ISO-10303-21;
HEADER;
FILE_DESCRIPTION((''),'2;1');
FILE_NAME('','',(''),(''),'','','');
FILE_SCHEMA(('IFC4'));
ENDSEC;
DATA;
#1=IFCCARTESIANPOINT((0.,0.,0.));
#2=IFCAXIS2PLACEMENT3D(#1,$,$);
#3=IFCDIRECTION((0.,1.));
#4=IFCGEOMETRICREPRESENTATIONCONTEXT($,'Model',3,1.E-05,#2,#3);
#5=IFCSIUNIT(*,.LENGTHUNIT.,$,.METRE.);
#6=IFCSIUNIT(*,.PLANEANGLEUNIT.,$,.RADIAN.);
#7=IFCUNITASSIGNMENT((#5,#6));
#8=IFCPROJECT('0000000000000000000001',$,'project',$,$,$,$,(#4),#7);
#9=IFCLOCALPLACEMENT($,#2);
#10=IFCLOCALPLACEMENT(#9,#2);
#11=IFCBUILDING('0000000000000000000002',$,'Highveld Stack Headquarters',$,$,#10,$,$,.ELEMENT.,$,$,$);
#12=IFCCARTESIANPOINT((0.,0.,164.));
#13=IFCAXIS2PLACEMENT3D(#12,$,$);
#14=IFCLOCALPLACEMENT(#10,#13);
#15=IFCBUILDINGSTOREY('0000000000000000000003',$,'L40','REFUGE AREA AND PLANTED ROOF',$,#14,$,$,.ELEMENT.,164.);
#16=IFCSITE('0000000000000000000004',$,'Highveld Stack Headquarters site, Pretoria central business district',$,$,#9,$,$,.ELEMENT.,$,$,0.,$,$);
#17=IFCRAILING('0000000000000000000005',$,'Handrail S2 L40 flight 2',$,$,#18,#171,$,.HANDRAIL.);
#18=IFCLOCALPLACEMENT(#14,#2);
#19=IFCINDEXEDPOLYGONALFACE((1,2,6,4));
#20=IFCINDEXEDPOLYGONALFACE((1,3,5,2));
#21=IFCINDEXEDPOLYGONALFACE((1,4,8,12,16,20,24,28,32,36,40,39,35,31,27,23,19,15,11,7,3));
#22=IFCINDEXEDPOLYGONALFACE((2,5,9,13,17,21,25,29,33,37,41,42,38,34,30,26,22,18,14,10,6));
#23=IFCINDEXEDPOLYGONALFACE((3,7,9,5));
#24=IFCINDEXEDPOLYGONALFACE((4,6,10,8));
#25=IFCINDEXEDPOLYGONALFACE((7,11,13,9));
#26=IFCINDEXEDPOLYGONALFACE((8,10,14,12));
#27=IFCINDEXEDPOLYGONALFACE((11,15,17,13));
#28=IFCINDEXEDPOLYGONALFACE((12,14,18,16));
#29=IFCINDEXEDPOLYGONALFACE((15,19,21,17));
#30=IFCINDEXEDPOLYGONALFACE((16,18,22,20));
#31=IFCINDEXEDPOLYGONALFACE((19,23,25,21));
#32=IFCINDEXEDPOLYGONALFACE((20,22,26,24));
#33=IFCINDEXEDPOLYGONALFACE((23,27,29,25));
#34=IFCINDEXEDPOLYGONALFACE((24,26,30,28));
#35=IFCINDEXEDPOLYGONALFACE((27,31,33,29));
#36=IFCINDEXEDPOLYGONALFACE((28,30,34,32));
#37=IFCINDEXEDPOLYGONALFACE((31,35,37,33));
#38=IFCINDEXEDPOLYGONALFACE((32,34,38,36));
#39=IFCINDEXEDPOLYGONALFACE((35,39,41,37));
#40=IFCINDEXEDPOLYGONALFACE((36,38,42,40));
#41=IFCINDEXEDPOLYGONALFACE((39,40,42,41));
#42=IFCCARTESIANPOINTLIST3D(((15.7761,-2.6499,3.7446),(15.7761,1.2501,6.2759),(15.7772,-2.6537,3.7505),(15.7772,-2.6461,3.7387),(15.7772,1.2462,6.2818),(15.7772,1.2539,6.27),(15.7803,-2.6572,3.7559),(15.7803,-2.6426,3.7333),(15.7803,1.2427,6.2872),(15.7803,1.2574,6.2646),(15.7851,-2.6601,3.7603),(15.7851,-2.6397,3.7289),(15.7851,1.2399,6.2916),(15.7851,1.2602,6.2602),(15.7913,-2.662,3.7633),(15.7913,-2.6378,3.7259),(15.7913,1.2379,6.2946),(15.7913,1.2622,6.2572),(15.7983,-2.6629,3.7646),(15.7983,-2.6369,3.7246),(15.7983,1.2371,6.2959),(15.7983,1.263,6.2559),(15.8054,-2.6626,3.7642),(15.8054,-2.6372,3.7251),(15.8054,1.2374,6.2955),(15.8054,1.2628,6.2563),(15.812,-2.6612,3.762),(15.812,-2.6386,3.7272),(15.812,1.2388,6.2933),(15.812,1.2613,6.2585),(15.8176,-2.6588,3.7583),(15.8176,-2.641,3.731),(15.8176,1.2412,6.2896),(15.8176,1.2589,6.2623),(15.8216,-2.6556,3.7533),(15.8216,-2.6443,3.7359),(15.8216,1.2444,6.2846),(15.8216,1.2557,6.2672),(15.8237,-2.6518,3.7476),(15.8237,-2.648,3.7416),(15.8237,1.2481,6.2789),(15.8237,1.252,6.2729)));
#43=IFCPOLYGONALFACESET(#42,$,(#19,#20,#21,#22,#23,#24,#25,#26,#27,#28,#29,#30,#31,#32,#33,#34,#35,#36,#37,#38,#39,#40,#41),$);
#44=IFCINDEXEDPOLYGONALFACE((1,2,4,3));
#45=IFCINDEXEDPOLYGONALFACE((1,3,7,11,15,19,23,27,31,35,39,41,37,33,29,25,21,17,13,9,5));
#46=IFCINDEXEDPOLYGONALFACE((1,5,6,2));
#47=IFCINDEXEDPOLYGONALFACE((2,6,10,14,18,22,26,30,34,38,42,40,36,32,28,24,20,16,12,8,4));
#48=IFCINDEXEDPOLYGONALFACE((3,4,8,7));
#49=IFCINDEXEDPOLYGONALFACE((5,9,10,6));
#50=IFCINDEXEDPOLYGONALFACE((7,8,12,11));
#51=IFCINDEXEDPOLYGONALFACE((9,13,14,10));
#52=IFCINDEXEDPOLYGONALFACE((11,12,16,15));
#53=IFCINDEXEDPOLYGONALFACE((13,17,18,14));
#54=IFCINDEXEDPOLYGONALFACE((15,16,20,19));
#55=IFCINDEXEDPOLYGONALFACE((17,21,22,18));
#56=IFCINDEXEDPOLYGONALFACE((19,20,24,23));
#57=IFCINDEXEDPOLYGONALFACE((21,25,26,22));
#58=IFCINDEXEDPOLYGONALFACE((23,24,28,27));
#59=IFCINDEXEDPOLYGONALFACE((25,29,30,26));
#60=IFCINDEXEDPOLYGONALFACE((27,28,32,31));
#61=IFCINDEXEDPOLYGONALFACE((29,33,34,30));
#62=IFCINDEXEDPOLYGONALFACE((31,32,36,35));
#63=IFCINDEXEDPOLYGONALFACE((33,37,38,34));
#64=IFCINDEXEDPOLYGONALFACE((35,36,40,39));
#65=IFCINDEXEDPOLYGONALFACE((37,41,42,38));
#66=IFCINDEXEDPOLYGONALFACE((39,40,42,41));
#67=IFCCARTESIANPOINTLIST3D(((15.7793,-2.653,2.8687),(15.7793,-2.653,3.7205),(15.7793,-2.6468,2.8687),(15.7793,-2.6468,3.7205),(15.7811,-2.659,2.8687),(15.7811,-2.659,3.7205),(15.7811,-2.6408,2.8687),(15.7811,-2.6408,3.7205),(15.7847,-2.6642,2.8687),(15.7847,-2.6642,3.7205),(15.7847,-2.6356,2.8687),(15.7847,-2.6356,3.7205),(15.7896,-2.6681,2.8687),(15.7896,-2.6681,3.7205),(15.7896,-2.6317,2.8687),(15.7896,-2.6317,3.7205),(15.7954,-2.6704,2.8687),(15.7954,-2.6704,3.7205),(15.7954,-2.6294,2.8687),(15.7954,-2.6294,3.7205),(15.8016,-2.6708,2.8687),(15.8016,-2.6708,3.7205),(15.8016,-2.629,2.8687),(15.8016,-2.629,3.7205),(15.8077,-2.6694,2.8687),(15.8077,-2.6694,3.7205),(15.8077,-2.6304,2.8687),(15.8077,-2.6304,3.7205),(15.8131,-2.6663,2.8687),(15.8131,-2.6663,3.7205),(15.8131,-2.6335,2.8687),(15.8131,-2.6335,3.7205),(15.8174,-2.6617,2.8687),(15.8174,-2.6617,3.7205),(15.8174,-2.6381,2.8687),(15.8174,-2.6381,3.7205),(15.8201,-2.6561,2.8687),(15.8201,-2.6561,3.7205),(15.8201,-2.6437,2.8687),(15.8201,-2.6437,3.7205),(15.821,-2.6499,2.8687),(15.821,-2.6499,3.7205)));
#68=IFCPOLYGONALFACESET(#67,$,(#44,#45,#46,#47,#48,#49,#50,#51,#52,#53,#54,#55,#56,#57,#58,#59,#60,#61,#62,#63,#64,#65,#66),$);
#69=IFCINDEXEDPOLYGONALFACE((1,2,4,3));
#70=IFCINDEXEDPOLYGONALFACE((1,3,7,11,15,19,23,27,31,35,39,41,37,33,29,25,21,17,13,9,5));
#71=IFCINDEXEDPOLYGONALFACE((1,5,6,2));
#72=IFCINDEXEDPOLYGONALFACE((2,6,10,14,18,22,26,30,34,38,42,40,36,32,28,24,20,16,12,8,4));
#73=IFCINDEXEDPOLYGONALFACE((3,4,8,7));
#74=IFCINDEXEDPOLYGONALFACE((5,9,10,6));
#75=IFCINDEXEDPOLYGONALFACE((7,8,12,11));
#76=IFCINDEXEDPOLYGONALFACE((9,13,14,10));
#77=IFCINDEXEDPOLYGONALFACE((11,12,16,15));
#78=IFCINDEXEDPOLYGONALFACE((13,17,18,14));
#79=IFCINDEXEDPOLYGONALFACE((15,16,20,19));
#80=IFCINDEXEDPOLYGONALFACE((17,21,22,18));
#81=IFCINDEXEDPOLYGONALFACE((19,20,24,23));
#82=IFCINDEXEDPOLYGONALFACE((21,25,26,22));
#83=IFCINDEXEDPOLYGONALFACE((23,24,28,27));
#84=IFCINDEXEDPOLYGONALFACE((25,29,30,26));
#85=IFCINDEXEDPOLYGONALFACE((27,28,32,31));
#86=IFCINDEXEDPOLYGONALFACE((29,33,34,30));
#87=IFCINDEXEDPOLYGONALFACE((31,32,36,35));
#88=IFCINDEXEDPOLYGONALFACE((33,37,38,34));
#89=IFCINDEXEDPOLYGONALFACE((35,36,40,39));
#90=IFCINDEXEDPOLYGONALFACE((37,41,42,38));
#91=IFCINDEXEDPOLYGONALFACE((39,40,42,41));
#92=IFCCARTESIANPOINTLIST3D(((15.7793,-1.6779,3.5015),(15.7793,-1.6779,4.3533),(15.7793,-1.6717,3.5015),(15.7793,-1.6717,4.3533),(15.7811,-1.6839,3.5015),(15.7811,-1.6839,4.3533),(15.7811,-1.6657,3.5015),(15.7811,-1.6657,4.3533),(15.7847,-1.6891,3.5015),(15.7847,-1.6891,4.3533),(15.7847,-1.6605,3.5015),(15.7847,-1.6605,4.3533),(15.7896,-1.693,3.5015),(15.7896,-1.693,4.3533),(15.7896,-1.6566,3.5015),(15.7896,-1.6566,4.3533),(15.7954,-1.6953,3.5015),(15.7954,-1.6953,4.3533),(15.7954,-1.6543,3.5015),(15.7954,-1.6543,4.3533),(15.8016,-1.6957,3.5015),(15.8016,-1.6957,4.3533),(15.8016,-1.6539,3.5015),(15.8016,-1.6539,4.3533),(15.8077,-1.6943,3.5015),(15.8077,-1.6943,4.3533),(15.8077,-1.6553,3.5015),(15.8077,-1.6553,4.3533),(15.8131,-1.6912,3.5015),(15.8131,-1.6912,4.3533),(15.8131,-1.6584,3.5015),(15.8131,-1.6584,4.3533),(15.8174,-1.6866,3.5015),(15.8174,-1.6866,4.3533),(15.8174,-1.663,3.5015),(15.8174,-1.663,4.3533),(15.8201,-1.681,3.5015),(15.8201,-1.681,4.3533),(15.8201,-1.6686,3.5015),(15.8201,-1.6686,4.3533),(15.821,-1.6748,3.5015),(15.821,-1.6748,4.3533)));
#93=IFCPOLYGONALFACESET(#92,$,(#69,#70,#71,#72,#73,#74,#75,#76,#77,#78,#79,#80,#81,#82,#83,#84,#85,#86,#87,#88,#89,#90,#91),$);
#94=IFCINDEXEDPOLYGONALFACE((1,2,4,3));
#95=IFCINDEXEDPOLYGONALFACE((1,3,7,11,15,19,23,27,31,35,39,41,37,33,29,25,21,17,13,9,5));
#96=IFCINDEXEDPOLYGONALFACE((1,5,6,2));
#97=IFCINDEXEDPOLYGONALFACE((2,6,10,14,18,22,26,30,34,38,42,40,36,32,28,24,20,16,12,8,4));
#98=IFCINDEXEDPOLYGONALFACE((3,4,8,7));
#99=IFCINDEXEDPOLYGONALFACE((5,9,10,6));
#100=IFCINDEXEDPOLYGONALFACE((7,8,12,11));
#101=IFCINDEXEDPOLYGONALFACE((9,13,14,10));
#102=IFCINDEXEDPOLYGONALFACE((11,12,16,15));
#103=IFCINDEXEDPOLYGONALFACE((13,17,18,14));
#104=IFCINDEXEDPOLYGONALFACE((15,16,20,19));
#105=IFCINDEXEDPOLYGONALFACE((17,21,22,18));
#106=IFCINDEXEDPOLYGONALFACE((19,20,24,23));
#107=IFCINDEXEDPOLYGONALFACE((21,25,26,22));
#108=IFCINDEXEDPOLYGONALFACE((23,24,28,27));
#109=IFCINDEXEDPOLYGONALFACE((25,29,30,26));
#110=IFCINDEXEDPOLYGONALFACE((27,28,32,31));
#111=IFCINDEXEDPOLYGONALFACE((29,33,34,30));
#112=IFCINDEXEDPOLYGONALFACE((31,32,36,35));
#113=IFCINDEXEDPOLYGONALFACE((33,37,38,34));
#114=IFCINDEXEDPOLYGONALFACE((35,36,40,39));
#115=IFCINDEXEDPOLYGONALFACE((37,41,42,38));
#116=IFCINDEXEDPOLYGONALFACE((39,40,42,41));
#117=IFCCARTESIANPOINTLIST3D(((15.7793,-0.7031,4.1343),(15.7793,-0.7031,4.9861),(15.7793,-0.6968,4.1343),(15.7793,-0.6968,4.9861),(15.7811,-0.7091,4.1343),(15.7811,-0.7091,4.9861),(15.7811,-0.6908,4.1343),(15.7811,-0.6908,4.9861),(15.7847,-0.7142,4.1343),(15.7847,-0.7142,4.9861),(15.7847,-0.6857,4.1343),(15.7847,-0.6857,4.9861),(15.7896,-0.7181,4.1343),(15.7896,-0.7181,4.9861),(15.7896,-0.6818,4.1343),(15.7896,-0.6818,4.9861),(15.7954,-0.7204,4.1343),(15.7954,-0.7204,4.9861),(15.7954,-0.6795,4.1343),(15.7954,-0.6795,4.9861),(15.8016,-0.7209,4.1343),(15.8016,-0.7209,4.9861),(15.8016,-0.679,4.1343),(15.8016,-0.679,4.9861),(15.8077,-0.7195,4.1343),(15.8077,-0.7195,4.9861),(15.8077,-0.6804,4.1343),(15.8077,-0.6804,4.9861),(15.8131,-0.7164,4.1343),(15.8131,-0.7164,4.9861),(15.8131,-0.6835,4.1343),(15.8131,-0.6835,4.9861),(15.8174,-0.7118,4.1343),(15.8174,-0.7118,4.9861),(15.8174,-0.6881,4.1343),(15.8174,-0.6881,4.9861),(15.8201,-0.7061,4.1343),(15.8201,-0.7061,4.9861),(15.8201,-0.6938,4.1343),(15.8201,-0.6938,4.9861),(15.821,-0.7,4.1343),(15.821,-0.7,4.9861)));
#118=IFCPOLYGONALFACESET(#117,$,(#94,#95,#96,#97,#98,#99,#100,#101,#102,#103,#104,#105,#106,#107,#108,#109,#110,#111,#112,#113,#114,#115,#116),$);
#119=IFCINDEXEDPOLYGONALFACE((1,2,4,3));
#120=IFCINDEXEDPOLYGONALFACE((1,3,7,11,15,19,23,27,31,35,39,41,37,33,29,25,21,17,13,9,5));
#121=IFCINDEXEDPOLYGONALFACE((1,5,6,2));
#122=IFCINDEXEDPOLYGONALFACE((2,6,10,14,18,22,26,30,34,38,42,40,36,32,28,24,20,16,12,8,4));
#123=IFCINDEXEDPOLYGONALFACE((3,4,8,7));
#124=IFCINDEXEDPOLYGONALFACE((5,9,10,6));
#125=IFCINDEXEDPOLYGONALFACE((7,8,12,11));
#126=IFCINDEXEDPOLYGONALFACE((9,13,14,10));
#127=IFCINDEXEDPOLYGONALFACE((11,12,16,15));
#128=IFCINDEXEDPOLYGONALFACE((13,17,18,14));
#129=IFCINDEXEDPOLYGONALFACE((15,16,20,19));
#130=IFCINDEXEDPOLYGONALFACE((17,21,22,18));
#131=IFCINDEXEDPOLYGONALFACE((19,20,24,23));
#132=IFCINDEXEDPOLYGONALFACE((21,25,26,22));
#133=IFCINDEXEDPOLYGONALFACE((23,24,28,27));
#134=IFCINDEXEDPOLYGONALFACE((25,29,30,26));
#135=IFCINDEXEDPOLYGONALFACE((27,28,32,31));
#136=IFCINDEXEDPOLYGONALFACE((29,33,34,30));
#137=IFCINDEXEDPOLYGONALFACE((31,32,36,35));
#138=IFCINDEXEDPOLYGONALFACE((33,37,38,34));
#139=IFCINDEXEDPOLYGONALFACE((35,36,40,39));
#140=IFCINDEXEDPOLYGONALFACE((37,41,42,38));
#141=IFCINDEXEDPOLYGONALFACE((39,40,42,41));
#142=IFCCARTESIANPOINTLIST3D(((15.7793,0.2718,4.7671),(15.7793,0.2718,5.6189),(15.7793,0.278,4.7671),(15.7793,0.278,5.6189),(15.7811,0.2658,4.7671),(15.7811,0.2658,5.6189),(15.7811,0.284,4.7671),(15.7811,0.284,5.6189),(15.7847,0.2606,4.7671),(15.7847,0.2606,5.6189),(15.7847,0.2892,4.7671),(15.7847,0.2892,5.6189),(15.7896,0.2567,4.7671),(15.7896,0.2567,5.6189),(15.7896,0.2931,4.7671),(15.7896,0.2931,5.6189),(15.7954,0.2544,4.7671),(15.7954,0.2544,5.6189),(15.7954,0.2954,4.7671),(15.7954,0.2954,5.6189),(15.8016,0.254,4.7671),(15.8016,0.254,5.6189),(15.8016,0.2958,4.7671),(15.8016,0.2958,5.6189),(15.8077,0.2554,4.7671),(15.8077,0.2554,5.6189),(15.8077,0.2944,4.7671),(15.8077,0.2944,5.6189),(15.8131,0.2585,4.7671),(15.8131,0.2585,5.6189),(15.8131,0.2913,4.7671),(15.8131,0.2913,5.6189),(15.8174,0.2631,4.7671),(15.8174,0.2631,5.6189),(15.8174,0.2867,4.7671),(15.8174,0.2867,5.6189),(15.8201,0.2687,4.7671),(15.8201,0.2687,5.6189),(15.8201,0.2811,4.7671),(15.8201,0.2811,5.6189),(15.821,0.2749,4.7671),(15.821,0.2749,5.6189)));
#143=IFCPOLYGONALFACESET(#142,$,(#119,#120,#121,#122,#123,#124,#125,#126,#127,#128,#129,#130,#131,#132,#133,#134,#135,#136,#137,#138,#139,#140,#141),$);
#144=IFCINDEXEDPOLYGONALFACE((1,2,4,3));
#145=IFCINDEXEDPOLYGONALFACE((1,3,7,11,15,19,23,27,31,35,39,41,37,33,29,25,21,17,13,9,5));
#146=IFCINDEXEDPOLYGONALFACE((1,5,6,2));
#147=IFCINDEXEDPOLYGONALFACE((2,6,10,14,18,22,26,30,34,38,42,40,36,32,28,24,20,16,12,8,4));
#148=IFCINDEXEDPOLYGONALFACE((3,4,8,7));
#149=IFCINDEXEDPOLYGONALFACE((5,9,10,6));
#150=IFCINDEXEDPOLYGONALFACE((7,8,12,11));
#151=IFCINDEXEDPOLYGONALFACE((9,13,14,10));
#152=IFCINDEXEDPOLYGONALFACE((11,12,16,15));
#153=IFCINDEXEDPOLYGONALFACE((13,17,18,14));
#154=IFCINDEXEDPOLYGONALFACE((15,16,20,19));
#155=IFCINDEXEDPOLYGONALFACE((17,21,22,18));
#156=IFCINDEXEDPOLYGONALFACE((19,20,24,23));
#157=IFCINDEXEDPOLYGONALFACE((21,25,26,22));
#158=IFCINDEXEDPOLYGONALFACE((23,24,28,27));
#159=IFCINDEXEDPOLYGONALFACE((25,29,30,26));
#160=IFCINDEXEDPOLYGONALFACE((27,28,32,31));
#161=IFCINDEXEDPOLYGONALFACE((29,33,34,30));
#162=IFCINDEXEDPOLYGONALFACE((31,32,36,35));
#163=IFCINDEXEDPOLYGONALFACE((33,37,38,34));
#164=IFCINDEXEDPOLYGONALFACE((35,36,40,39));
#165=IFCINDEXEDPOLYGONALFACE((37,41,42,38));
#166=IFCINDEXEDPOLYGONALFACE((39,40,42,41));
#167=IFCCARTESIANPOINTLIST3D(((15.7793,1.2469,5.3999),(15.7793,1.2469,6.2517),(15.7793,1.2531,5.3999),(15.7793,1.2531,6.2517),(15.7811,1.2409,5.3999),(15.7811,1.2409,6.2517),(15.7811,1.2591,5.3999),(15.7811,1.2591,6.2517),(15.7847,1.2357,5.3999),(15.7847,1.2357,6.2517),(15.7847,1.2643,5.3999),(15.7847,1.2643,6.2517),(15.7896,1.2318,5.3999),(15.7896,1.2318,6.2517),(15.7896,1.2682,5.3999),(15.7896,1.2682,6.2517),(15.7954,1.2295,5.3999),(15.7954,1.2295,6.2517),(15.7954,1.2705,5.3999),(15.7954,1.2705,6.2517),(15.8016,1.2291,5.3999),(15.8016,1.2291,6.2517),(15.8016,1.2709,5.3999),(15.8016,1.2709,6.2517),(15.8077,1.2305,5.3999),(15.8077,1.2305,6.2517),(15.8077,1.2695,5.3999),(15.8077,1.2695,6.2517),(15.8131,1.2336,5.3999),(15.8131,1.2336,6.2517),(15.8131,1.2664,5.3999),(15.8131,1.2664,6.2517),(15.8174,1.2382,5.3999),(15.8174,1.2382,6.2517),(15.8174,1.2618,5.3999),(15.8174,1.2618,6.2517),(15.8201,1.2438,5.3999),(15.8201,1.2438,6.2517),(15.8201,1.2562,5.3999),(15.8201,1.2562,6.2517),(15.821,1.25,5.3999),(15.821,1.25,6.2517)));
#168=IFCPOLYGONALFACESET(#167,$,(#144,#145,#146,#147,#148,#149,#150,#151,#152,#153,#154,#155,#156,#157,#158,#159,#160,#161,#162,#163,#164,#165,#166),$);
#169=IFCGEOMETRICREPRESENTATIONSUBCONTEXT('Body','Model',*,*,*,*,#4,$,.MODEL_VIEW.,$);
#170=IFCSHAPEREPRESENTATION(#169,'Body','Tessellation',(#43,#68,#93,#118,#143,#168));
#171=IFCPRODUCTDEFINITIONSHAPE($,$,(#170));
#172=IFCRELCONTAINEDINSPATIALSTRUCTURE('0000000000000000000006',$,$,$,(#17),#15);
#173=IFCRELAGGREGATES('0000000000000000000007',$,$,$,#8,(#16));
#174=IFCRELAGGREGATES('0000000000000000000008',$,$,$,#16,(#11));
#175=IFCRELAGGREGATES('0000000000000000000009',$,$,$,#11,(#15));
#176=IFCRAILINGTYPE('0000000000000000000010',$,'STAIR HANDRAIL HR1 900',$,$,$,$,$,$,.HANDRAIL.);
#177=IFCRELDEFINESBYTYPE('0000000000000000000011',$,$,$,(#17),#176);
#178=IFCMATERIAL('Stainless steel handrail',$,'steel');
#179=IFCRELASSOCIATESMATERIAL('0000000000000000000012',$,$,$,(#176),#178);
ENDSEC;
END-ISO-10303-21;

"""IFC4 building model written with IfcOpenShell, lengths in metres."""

from ifc_helpers import new_model, si_unit, direction, frame, origin, origin_2d, place, context, subcontext, project, spatial, circle, extrude, material, type_object, element, save


model = new_model("IFC4")

# Units and contexts
model_context = context("Model", 3, precision=1e-05, world=origin(), true_north=direction((0.0, 1.0)))
body_context = subcontext(model_context, "Body", "Model", "MODEL_VIEW")
ifc_project = project(units=[si_unit("LENGTHUNIT", "METRE"), si_unit("PLANEANGLEUNIT", "RADIAN")], contexts=[model_context])

# Site, building, storey
site_placement = place(None, origin())
site = spatial("IfcSite", under=ifc_project, at=site_placement, Name="Highveld Stack Headquarters site, Pretoria central business district", CompositionType="ELEMENT", RefElevation=0.0)
building_placement = place(site_placement, origin())
building = spatial("IfcBuilding", under=site, at=building_placement, Name="Highveld Stack Headquarters", CompositionType="ELEMENT")
storey_placement = place(building_placement, frame((0.0, 0.0, 164.0)))
storey = spatial("IfcBuildingStorey", under=building, at=storey_placement, Name="L40", Description="REFUGE AREA AND PLANTED ROOF", CompositionType="ELEMENT", Elevation=164.0)

# Railing
ifc_material_1 = material(Name="Stainless steel handrail", Category="steel")
railing_type = type_object("IfcRailingType", Name="STAIR HANDRAIL HR1 900", PredefinedType="HANDRAIL", material=ifc_material_1)
for number, where, name in (
    (1, (15.8, -2.6499, 2.8687), "Handrail S2 L40 flight 2"),
):
    element("IfcRailing", number, at=place(storey_placement, frame(where)), inside=storey, type_object=railing_type, Name=name, PredefinedType="HANDRAIL", context=body_context, shape_type="SweptSolid", body=[
        extrude(circle(Radius=0.0239, at=origin_2d()), frame((0.0, 0.0, 0.876), z_axis=(0.0, 0.838806, 0.544431), x_axis=(-1.0, 0.0, 0.0)), (0.0, 0.0, 1.0), 4.6494),
        extrude(circle(Radius=0.021, at=origin_2d()), origin(), (0.0, 0.0, 1.0), 0.8518),
        extrude(circle(Radius=0.021, at=origin_2d()), frame((0.0, 0.9751, 0.6328)), (0.0, 0.0, 1.0), 0.8518),
        extrude(circle(Radius=0.021, at=origin_2d()), frame((0.0, 1.95, 1.2656)), (0.0, 0.0, 1.0), 0.8518),
        extrude(circle(Radius=0.021, at=origin_2d()), frame((0.0, 2.9248, 1.8984)), (0.0, 0.0, 1.0), 0.8518),
        extrude(circle(Radius=0.021, at=origin_2d()), frame((0.0, 3.8999, 2.5312)), (0.0, 0.0, 1.0), 0.8518),
    ])

save(model, "model.ifc")
